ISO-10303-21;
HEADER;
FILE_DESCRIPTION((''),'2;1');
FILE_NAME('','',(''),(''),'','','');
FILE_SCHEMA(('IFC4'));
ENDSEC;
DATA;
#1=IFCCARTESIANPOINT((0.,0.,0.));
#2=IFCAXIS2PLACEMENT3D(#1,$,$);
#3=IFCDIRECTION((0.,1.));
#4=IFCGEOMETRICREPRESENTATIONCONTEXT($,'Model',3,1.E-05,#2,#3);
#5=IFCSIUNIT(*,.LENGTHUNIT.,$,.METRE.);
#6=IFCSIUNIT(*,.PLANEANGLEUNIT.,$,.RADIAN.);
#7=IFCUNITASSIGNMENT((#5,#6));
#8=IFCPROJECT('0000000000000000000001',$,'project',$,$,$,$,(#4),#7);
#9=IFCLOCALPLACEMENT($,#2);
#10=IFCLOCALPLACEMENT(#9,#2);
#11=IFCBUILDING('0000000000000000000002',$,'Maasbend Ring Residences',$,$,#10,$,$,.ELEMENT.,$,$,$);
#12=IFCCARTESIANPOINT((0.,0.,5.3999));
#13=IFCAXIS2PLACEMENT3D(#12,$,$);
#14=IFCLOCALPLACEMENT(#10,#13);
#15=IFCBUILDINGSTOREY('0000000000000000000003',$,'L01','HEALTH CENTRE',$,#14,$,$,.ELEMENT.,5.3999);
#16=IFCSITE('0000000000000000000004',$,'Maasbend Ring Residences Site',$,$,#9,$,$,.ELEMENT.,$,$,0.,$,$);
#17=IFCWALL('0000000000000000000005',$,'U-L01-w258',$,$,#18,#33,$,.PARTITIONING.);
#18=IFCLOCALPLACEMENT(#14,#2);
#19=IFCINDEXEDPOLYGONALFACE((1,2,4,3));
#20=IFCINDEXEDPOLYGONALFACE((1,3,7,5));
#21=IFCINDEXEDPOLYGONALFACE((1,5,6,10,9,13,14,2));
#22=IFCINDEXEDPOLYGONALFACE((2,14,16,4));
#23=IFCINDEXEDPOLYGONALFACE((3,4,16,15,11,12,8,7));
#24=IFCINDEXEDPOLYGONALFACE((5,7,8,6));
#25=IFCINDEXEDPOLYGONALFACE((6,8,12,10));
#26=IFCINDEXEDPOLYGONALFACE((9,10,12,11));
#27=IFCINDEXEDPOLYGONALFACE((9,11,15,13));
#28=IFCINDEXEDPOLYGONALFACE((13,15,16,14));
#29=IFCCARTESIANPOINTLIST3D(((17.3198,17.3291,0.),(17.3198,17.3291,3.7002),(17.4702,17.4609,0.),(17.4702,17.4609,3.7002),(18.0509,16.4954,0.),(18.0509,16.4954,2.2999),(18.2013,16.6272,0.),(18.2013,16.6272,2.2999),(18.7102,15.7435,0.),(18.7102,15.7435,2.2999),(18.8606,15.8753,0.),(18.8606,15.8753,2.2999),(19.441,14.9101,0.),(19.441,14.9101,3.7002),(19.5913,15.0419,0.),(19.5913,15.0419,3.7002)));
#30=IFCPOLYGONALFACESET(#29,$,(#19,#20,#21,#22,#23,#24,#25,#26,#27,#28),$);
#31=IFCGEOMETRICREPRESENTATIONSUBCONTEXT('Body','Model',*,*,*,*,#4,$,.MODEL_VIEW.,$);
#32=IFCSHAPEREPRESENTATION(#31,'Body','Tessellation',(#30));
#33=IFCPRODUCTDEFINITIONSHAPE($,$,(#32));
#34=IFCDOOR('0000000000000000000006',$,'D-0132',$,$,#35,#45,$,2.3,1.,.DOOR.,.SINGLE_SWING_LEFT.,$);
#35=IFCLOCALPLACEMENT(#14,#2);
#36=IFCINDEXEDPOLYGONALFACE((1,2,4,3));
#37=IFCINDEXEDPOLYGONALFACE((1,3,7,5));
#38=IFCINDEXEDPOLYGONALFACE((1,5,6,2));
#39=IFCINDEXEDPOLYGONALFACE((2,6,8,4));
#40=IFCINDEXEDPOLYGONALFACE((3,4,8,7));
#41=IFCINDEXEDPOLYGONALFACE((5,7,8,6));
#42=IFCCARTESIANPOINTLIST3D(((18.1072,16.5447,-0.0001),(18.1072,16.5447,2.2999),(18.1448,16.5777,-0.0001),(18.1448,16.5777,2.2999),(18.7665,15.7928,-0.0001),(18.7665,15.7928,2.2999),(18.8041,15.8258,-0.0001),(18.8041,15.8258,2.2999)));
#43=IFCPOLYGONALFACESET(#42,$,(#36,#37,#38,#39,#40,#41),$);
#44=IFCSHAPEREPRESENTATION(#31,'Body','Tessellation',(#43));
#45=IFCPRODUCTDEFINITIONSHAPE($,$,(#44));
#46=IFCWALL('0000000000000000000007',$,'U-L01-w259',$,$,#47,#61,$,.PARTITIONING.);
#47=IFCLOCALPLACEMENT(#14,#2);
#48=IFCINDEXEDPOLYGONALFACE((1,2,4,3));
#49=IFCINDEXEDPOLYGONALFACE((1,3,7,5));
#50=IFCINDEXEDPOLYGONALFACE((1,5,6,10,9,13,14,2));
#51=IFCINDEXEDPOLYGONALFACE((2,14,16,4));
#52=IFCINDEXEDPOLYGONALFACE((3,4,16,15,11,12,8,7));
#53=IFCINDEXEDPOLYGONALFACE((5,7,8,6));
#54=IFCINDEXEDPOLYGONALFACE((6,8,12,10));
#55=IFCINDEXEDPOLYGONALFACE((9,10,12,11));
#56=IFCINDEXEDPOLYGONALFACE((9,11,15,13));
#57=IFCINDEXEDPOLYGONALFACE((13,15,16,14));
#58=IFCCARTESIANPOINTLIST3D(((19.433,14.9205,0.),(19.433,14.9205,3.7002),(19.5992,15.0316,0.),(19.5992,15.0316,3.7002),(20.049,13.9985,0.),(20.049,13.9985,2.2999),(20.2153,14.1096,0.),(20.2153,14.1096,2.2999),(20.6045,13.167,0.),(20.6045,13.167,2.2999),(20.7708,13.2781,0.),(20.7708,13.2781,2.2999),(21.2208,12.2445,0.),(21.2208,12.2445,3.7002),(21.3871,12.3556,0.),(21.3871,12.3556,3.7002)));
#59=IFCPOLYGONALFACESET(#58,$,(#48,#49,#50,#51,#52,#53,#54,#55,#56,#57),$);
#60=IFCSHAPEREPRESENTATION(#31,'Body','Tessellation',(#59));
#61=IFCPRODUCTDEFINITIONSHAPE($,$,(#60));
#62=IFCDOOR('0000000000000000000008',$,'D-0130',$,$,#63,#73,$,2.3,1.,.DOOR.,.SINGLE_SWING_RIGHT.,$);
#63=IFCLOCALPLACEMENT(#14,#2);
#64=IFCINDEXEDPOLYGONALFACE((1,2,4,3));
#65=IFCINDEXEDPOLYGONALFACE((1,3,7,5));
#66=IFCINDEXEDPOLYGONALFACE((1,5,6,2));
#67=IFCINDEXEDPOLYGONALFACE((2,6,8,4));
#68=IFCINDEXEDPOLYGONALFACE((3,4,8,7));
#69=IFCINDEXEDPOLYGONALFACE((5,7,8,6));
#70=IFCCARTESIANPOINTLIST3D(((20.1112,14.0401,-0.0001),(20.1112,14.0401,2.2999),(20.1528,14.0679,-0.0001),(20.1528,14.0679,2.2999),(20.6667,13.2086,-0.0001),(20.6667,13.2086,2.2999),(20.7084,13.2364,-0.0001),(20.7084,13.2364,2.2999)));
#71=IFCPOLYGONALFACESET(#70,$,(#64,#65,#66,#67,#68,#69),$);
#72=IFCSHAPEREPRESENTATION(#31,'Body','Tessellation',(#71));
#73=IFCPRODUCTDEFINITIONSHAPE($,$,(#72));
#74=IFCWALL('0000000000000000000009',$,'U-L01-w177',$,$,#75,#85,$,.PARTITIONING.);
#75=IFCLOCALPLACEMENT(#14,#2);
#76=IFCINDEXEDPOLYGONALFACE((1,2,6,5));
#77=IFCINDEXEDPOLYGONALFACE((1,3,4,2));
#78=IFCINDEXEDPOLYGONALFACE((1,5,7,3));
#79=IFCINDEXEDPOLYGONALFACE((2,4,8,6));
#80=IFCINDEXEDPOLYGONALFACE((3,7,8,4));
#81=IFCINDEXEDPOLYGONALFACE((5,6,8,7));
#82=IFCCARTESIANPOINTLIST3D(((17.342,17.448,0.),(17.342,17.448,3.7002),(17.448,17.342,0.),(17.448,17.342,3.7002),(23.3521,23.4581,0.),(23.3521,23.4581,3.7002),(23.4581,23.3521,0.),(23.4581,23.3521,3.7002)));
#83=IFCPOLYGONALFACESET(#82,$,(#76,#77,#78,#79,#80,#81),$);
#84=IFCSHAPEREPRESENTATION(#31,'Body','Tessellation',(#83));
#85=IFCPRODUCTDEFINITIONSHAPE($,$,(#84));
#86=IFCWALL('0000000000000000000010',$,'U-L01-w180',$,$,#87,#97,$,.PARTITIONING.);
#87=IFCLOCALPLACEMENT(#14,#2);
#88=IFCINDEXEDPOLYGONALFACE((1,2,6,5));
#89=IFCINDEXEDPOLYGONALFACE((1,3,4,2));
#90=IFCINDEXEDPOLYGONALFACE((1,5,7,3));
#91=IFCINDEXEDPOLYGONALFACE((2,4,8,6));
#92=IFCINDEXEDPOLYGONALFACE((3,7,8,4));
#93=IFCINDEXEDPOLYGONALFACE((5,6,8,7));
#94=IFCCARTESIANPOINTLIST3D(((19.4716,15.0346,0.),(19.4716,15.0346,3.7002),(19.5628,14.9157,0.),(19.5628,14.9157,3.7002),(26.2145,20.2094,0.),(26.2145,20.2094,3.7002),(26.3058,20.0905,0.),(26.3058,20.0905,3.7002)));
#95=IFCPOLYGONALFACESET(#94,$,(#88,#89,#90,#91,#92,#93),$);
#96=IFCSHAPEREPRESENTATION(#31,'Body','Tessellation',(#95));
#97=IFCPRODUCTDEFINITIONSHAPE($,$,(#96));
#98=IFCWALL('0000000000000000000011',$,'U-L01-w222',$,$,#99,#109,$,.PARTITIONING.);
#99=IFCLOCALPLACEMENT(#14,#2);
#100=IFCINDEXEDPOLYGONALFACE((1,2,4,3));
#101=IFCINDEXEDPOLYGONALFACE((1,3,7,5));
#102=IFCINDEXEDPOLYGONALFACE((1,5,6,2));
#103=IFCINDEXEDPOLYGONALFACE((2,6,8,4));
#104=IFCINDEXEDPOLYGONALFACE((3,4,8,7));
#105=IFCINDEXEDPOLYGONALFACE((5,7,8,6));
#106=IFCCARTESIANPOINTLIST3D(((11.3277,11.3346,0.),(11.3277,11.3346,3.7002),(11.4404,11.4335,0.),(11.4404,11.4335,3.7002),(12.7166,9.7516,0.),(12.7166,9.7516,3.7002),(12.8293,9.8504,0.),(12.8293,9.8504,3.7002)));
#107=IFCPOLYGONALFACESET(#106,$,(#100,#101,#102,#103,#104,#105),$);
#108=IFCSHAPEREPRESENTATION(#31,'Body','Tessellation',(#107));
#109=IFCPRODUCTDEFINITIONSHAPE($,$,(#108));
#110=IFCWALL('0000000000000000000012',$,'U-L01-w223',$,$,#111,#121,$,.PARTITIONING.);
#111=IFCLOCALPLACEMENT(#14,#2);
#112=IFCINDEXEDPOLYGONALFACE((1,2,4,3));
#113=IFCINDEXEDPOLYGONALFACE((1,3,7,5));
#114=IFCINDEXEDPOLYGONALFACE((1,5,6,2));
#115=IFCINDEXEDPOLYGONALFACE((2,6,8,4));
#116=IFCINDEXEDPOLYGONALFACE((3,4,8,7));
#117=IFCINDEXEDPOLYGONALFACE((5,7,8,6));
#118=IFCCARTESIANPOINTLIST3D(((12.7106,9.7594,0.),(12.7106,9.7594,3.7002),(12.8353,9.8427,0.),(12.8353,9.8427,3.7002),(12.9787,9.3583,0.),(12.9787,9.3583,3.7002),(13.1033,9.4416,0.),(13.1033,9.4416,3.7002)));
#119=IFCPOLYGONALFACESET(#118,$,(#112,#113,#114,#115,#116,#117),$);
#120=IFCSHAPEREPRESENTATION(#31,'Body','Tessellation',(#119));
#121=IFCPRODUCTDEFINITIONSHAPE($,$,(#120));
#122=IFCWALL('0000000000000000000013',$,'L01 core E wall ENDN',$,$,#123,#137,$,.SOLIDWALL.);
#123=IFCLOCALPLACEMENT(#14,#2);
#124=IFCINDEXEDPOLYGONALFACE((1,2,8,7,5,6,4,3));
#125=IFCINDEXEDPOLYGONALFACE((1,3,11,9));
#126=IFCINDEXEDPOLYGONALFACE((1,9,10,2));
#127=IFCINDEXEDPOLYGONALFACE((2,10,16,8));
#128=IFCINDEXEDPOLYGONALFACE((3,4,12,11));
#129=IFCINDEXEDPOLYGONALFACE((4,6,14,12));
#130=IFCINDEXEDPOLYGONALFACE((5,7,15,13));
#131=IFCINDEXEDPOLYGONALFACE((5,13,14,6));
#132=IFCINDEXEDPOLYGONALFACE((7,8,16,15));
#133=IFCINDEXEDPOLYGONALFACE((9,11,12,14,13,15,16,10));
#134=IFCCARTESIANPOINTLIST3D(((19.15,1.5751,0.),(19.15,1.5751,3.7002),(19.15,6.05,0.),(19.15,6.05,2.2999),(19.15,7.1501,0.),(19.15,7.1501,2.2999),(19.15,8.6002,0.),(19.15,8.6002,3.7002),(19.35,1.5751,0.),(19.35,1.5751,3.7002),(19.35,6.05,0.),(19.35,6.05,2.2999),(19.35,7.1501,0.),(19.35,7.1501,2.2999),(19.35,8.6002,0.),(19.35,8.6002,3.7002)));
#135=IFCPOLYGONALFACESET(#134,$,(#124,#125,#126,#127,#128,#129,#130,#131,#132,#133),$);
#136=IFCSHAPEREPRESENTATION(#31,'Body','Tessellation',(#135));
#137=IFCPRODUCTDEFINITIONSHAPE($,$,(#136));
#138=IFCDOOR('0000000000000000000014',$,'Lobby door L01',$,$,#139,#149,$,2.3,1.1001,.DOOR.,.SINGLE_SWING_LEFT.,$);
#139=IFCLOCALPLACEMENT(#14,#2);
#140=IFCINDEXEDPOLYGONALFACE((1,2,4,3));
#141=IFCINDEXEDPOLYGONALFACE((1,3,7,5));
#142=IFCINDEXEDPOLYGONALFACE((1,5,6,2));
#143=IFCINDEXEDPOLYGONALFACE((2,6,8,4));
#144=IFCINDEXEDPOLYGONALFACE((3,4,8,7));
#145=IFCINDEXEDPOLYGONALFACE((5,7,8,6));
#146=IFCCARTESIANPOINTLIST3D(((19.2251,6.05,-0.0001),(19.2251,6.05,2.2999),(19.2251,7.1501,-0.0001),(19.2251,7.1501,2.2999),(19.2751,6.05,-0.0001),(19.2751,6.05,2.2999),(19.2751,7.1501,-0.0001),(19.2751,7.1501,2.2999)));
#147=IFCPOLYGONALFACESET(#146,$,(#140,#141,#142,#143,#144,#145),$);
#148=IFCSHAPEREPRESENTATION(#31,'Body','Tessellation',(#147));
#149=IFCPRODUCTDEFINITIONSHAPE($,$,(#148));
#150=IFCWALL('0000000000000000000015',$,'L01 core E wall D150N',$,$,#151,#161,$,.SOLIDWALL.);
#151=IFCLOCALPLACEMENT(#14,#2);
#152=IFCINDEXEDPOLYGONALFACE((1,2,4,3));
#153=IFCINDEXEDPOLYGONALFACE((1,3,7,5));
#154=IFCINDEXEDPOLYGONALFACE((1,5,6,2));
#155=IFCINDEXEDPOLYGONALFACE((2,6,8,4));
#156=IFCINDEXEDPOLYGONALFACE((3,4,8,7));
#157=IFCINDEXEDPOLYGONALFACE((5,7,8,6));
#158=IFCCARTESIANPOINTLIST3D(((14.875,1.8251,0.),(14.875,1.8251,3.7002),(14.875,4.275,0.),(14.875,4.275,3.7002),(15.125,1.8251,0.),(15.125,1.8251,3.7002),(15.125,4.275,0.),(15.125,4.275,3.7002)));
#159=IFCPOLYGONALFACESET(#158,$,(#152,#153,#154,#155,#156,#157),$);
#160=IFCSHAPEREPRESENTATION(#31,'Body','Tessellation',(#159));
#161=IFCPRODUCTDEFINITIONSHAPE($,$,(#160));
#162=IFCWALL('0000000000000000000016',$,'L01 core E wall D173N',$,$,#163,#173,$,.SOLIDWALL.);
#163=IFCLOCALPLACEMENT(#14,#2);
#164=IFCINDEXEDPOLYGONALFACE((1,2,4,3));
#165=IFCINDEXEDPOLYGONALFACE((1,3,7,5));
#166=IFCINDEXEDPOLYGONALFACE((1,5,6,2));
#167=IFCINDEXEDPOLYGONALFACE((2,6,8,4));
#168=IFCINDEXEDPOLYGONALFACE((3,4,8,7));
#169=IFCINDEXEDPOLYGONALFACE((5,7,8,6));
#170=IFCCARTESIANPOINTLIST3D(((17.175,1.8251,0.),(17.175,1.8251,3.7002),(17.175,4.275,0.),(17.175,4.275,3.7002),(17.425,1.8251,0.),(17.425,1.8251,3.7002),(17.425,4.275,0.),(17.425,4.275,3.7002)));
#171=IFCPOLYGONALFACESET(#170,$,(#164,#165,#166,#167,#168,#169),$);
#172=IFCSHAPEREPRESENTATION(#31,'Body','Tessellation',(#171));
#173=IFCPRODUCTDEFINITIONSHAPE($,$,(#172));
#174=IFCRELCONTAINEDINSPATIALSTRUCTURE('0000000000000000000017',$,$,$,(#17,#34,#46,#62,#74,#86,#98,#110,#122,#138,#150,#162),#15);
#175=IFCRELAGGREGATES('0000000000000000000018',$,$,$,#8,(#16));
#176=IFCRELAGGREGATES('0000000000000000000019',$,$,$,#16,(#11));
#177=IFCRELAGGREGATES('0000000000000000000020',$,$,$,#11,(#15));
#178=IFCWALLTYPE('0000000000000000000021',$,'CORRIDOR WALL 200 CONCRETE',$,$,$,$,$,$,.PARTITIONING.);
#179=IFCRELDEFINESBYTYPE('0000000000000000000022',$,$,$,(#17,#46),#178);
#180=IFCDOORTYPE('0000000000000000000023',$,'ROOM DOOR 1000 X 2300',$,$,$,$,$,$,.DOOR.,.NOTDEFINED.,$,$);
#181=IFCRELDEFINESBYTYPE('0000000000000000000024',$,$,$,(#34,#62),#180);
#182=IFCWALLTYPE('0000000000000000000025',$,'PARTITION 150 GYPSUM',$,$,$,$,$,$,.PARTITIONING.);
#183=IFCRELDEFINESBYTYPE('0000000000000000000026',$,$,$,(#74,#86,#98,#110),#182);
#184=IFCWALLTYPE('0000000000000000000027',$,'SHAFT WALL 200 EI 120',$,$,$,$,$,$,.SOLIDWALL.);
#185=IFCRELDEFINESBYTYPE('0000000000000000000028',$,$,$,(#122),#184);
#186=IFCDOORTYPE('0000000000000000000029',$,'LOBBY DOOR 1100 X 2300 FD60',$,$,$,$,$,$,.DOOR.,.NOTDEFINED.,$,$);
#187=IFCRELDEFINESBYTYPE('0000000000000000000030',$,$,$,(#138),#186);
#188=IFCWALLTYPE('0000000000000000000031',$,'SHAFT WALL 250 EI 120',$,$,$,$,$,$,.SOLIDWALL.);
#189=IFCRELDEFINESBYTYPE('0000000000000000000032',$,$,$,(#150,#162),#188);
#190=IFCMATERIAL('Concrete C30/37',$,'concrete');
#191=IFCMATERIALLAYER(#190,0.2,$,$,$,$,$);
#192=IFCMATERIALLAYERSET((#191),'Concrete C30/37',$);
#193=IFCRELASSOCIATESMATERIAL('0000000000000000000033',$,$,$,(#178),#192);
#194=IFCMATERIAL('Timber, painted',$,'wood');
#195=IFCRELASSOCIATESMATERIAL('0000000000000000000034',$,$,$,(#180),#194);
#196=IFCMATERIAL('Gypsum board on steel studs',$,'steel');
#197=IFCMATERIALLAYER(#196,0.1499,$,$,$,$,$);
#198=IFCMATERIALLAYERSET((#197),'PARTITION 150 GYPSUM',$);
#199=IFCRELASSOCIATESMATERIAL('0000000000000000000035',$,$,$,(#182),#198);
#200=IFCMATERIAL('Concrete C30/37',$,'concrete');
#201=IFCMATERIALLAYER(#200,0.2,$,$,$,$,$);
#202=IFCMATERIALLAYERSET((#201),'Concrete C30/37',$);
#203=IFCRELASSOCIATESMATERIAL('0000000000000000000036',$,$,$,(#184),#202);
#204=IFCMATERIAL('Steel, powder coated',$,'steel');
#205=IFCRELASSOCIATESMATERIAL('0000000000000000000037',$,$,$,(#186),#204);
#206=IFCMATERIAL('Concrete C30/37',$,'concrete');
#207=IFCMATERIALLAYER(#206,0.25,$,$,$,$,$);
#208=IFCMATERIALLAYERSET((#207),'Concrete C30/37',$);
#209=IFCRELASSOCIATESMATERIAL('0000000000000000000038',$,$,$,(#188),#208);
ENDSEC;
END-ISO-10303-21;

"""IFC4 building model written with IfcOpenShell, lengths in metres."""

from ifc_helpers import new_model, si_unit, direction, frame, frame_2d, origin, place, context, subcontext, project, spatial, rectangle, extrude, material, layer, layer_set, type_object, element, fill, save


model = new_model("IFC4")

# Units and contexts
model_context = context("Model", 3, precision=1e-05, world=origin(), true_north=direction((0.0, 1.0)))
body_context = subcontext(model_context, "Body", "Model", "MODEL_VIEW")
ifc_project = project(units=[si_unit("LENGTHUNIT", "METRE"), si_unit("PLANEANGLEUNIT", "RADIAN")], contexts=[model_context])

# Site, building, storey
site_placement = place(None, origin())
site = spatial("IfcSite", under=ifc_project, at=site_placement, Name="Maasbend Ring Residences Site", CompositionType="ELEMENT", RefElevation=0.0)
building_placement = place(site_placement, origin())
building = spatial("IfcBuilding", under=site, at=building_placement, Name="Maasbend Ring Residences", CompositionType="ELEMENT")
storey_placement = place(building_placement, frame((0.0, 0.0, 5.3999)))
storey = spatial("IfcBuildingStorey", under=building, at=storey_placement, Name="L01", Description="HEALTH CENTRE", CompositionType="ELEMENT", Elevation=5.3999)

# Shared definitions
ifc_material_1 = material(Name="Concrete C30/37", Category="concrete")
ifc_layer_1 = layer(ifc_material_1, 0.2)
ifc_layer_set_1 = layer_set([ifc_layer_1], Name="Concrete C30/37")
wall_type_1 = type_object("IfcWallType", Name="CORRIDOR WALL 200 CONCRETE", PredefinedType="PARTITIONING", material=ifc_layer_set_1)

# Walls, openings, doors
ifc_material_2 = material(Name="Timber, painted", Category="wood")
door_type_1 = type_object("IfcDoorType", Name="ROOM DOOR 1000 X 2300", OperationType="NOTDEFINED", PredefinedType="DOOR", material=ifc_material_2)
wall_1_placement = place(storey_placement, frame((17.395, 17.395, 0.0), z_axis=(0.0, 0.0, 1.0), x_axis=(0.659299, -0.751881, 0.0)))
wall_1 = element("IfcWall", 1, at=wall_1_placement, inside=storey, type_object=wall_type_1, Name="U-L01-w258", PredefinedType="PARTITIONING", context=body_context, shape_type="SweptSolid", body=[
    extrude(rectangle(XDim=3.2173, YDim=0.2, at=frame_2d((1.6086, 0.0))), origin(), (0.0, 0.0, 1.0), 3.7002),
])
opening_1_placement = place(wall_1_placement, frame((1.1089, 0.0, 0.0)))
opening_1 = element("IfcOpeningElement", 2, at=opening_1_placement, cuts=wall_1, PredefinedType="OPENING", context=body_context, shape_type="SweptSolid", body=[
    extrude(rectangle(XDim=1.0, YDim=2.3, at=frame_2d((0.5, 1.1499))), frame((0.0, 0.1099, 0.0), z_axis=(0.0, -1.0, 0.0), x_axis=(1.0, 0.0, 0.0)), (0.0, 0.0, 1.0), 0.22),
])
door_1_placement = place(opening_1_placement, origin())
door_1 = element("IfcDoor", 3, at=door_1_placement, inside=storey, type_object=door_type_1, Name="D-0132", OperationType="SINGLE_SWING_LEFT", OverallHeight=2.3, OverallWidth=1.0, PredefinedType="DOOR", context=body_context, shape_type="SweptSolid", body=[
    extrude(rectangle(XDim=1.0, YDim=2.3, at=frame_2d((0.5, 1.1499))), frame((0.0, 0.0249, 0.0), z_axis=(0.0, -1.0, 0.0), x_axis=(1.0, 0.0, 0.0)), (0.0, 0.0, 1.0), 0.05),
])
fill(opening_1, door_1)
wall_2_placement = place(storey_placement, frame((19.5161, 14.9761, 0.0), z_axis=(0.0, 0.0, 1.0), x_axis=(0.555523, -0.831501, 0.0)))
wall_2 = element("IfcWall", 4, at=wall_2_placement, inside=storey, type_object=wall_type_1, Name="U-L01-w259", PredefinedType="PARTITIONING", context=body_context, shape_type="SweptSolid", body=[
    extrude(rectangle(XDim=3.2183, YDim=0.2, at=frame_2d((1.6091, 0.0))), origin(), (0.0, 0.0, 1.0), 3.7002),
])
opening_2_placement = place(wall_2_placement, frame((1.1089, 0.0, 0.0)))
opening_2 = element("IfcOpeningElement", 5, at=opening_2_placement, cuts=wall_2, PredefinedType="OPENING", context=body_context, shape_type="SweptSolid", body=[
    extrude(rectangle(XDim=1.0, YDim=2.3, at=frame_2d((0.5, 1.1499))), frame((0.0, 0.1099, 0.0), z_axis=(0.0, -1.0, 0.0), x_axis=(1.0, 0.0, 0.0)), (0.0, 0.0, 1.0), 0.22),
])
door_2_placement = place(opening_2_placement, origin())
door_2 = element("IfcDoor", 6, at=door_2_placement, inside=storey, type_object=door_type_1, Name="D-0130", OperationType="SINGLE_SWING_RIGHT", OverallHeight=2.3, OverallWidth=1.0, PredefinedType="DOOR", context=body_context, shape_type="SweptSolid", body=[
    extrude(rectangle(XDim=1.0, YDim=2.3, at=frame_2d((0.5, 1.1499))), frame((0.0, 0.0249, 0.0), z_axis=(0.0, -1.0, 0.0), x_axis=(1.0, 0.0, 0.0)), (0.0, 0.0, 1.0), 0.05),
])
fill(opening_2, door_2)

# Walls
ifc_material_3 = material(Name="Gypsum board on steel studs", Category="steel")
ifc_layer_2 = layer(ifc_material_3, 0.1499)
ifc_layer_set_2 = layer_set([ifc_layer_2], Name="PARTITION 150 GYPSUM")
wall_type_2 = type_object("IfcWallType", Name="PARTITION 150 GYPSUM", PredefinedType="PARTITIONING", material=ifc_layer_set_2)
wall_3_placement = place(storey_placement, frame((17.395, 17.395, 0.0), z_axis=(0.0, 0.0, 1.0), x_axis=(0.707107, 0.707107, 0.0)))
element("IfcWall", 7, at=wall_3_placement, inside=storey, type_object=wall_type_2, Name="U-L01-w177", PredefinedType="PARTITIONING", context=body_context, shape_type="SweptSolid", body=[
    extrude(rectangle(XDim=8.4995, YDim=0.1499, at=frame_2d((4.2498, 0.0))), origin(), (0.0, 0.0, 1.0), 3.7002),
])
wall_4_placement = place(storey_placement, frame((19.5171, 14.9751, 0.0), z_axis=(0.0, 0.0, 1.0), x_axis=(0.793309, 0.608819, 0.0)))
element("IfcWall", 8, at=wall_4_placement, inside=storey, type_object=wall_type_2, Name="U-L01-w180", PredefinedType="PARTITIONING", context=body_context, shape_type="SweptSolid", body=[
    extrude(rectangle(XDim=8.4998, YDim=0.1499, at=frame_2d((4.25, 0.0))), origin(), (0.0, 0.0, 1.0), 3.7002),
])
wall_5_placement = place(storey_placement, frame((11.384, 11.384, 0.0), z_axis=(0.0, 0.0, 1.0), x_axis=(0.659522, -0.751686, 0.0)))
element("IfcWall", 9, at=wall_5_placement, inside=storey, type_object=wall_type_2, Name="U-L01-w222", PredefinedType="PARTITIONING", context=body_context, shape_type="SweptSolid", body=[
    extrude(rectangle(XDim=2.106, YDim=0.1499, at=frame_2d((1.053, 0.0))), origin(), (0.0, 0.0, 1.0), 3.7002),
])
wall_6_placement = place(storey_placement, frame((12.7729, 9.801, 0.0), z_axis=(0.0, 0.0, 1.0), x_axis=(0.555634, -0.831427, 0.0)))
element("IfcWall", 10, at=wall_6_placement, inside=storey, type_object=wall_type_2, Name="U-L01-w223", PredefinedType="PARTITIONING", context=body_context, shape_type="SweptSolid", body=[
    extrude(rectangle(XDim=0.4824, YDim=0.1499, at=frame_2d((0.2412, 0.0))), origin(), (0.0, 0.0, 1.0), 3.7002),
])

# Wall, opening, door
ifc_material_4 = material(Name="Concrete C30/37", Category="concrete")
ifc_layer_3 = layer(ifc_material_4, 0.2)
ifc_layer_set_3 = layer_set([ifc_layer_3], Name="Concrete C30/37")
wall_type_3 = type_object("IfcWallType", Name="SHAFT WALL 200 EI 120", PredefinedType="SOLIDWALL", material=ifc_layer_set_3)
wall_7_placement = place(storey_placement, frame((19.25, 1.575, 0.0), z_axis=(0.0, 0.0, 1.0), x_axis=(0.0, 1.0, 0.0)))
wall_7 = element("IfcWall", 11, at=wall_7_placement, inside=storey, type_object=wall_type_3, Name="L01 core E wall ENDN", PredefinedType="SOLIDWALL", context=body_context, shape_type="SweptSolid", body=[
    extrude(rectangle(XDim=7.0251, YDim=0.2, at=frame_2d((3.5127, 0.0))), origin(), (0.0, 0.0, 1.0), 3.7002),
])
opening_3_placement = place(wall_7_placement, frame((4.4751, 0.0, 0.0)))
opening_3 = element("IfcOpeningElement", 12, at=opening_3_placement, cuts=wall_7, PredefinedType="OPENING", context=body_context, shape_type="SweptSolid", body=[
    extrude(rectangle(XDim=1.1001, YDim=2.3, at=frame_2d((0.55, 1.1499))), frame((0.0, 0.1099, 0.0), z_axis=(0.0, -1.0, 0.0), x_axis=(1.0, 0.0, 0.0)), (0.0, 0.0, 1.0), 0.22),
])
ifc_material_5 = material(Name="Steel, powder coated", Category="steel")
door_type_2 = type_object("IfcDoorType", Name="LOBBY DOOR 1100 X 2300 FD60", OperationType="NOTDEFINED", PredefinedType="DOOR", material=ifc_material_5)
door_3_placement = place(opening_3_placement, origin())
door_3 = element("IfcDoor", 13, at=door_3_placement, inside=storey, type_object=door_type_2, Name="Lobby door L01", OperationType="SINGLE_SWING_LEFT", OverallHeight=2.3, OverallWidth=1.1001, PredefinedType="DOOR", context=body_context, shape_type="SweptSolid", body=[
    extrude(rectangle(XDim=1.1001, YDim=2.3, at=frame_2d((0.55, 1.1499))), frame((0.0, 0.0249, 0.0), z_axis=(0.0, -1.0, 0.0), x_axis=(1.0, 0.0, 0.0)), (0.0, 0.0, 1.0), 0.05),
])
fill(opening_3, door_3)

# Walls
ifc_material_6 = material(Name="Concrete C30/37", Category="concrete")
ifc_layer_4 = layer(ifc_material_6, 0.25)
ifc_layer_set_4 = layer_set([ifc_layer_4], Name="Concrete C30/37")
wall_type_4 = type_object("IfcWallType", Name="SHAFT WALL 250 EI 120", PredefinedType="SOLIDWALL", material=ifc_layer_set_4)
for number, where, z_axis, x_axis, name in (
    (14, (15.0, 1.825, 0.0), (0.0, 0.0, 1.0), (0.0, 1.0, 0.0), "L01 core E wall D150N"),
    (15, (17.3, 1.825, 0.0), (0.0, 0.0, 1.0), (0.0, 1.0, 0.0), "L01 core E wall D173N"),
):
    element("IfcWall", number, at=place(storey_placement, frame(where, z_axis=z_axis, x_axis=x_axis)), inside=storey, type_object=wall_type_4, Name=name, PredefinedType="SOLIDWALL", context=body_context, shape_type="SweptSolid", body=[
        extrude(rectangle(XDim=2.45, YDim=0.25, at=frame_2d((1.2251, 0.0))), origin(), (0.0, 0.0, 1.0), 3.7002),
    ])

save(model, "model.ifc")
